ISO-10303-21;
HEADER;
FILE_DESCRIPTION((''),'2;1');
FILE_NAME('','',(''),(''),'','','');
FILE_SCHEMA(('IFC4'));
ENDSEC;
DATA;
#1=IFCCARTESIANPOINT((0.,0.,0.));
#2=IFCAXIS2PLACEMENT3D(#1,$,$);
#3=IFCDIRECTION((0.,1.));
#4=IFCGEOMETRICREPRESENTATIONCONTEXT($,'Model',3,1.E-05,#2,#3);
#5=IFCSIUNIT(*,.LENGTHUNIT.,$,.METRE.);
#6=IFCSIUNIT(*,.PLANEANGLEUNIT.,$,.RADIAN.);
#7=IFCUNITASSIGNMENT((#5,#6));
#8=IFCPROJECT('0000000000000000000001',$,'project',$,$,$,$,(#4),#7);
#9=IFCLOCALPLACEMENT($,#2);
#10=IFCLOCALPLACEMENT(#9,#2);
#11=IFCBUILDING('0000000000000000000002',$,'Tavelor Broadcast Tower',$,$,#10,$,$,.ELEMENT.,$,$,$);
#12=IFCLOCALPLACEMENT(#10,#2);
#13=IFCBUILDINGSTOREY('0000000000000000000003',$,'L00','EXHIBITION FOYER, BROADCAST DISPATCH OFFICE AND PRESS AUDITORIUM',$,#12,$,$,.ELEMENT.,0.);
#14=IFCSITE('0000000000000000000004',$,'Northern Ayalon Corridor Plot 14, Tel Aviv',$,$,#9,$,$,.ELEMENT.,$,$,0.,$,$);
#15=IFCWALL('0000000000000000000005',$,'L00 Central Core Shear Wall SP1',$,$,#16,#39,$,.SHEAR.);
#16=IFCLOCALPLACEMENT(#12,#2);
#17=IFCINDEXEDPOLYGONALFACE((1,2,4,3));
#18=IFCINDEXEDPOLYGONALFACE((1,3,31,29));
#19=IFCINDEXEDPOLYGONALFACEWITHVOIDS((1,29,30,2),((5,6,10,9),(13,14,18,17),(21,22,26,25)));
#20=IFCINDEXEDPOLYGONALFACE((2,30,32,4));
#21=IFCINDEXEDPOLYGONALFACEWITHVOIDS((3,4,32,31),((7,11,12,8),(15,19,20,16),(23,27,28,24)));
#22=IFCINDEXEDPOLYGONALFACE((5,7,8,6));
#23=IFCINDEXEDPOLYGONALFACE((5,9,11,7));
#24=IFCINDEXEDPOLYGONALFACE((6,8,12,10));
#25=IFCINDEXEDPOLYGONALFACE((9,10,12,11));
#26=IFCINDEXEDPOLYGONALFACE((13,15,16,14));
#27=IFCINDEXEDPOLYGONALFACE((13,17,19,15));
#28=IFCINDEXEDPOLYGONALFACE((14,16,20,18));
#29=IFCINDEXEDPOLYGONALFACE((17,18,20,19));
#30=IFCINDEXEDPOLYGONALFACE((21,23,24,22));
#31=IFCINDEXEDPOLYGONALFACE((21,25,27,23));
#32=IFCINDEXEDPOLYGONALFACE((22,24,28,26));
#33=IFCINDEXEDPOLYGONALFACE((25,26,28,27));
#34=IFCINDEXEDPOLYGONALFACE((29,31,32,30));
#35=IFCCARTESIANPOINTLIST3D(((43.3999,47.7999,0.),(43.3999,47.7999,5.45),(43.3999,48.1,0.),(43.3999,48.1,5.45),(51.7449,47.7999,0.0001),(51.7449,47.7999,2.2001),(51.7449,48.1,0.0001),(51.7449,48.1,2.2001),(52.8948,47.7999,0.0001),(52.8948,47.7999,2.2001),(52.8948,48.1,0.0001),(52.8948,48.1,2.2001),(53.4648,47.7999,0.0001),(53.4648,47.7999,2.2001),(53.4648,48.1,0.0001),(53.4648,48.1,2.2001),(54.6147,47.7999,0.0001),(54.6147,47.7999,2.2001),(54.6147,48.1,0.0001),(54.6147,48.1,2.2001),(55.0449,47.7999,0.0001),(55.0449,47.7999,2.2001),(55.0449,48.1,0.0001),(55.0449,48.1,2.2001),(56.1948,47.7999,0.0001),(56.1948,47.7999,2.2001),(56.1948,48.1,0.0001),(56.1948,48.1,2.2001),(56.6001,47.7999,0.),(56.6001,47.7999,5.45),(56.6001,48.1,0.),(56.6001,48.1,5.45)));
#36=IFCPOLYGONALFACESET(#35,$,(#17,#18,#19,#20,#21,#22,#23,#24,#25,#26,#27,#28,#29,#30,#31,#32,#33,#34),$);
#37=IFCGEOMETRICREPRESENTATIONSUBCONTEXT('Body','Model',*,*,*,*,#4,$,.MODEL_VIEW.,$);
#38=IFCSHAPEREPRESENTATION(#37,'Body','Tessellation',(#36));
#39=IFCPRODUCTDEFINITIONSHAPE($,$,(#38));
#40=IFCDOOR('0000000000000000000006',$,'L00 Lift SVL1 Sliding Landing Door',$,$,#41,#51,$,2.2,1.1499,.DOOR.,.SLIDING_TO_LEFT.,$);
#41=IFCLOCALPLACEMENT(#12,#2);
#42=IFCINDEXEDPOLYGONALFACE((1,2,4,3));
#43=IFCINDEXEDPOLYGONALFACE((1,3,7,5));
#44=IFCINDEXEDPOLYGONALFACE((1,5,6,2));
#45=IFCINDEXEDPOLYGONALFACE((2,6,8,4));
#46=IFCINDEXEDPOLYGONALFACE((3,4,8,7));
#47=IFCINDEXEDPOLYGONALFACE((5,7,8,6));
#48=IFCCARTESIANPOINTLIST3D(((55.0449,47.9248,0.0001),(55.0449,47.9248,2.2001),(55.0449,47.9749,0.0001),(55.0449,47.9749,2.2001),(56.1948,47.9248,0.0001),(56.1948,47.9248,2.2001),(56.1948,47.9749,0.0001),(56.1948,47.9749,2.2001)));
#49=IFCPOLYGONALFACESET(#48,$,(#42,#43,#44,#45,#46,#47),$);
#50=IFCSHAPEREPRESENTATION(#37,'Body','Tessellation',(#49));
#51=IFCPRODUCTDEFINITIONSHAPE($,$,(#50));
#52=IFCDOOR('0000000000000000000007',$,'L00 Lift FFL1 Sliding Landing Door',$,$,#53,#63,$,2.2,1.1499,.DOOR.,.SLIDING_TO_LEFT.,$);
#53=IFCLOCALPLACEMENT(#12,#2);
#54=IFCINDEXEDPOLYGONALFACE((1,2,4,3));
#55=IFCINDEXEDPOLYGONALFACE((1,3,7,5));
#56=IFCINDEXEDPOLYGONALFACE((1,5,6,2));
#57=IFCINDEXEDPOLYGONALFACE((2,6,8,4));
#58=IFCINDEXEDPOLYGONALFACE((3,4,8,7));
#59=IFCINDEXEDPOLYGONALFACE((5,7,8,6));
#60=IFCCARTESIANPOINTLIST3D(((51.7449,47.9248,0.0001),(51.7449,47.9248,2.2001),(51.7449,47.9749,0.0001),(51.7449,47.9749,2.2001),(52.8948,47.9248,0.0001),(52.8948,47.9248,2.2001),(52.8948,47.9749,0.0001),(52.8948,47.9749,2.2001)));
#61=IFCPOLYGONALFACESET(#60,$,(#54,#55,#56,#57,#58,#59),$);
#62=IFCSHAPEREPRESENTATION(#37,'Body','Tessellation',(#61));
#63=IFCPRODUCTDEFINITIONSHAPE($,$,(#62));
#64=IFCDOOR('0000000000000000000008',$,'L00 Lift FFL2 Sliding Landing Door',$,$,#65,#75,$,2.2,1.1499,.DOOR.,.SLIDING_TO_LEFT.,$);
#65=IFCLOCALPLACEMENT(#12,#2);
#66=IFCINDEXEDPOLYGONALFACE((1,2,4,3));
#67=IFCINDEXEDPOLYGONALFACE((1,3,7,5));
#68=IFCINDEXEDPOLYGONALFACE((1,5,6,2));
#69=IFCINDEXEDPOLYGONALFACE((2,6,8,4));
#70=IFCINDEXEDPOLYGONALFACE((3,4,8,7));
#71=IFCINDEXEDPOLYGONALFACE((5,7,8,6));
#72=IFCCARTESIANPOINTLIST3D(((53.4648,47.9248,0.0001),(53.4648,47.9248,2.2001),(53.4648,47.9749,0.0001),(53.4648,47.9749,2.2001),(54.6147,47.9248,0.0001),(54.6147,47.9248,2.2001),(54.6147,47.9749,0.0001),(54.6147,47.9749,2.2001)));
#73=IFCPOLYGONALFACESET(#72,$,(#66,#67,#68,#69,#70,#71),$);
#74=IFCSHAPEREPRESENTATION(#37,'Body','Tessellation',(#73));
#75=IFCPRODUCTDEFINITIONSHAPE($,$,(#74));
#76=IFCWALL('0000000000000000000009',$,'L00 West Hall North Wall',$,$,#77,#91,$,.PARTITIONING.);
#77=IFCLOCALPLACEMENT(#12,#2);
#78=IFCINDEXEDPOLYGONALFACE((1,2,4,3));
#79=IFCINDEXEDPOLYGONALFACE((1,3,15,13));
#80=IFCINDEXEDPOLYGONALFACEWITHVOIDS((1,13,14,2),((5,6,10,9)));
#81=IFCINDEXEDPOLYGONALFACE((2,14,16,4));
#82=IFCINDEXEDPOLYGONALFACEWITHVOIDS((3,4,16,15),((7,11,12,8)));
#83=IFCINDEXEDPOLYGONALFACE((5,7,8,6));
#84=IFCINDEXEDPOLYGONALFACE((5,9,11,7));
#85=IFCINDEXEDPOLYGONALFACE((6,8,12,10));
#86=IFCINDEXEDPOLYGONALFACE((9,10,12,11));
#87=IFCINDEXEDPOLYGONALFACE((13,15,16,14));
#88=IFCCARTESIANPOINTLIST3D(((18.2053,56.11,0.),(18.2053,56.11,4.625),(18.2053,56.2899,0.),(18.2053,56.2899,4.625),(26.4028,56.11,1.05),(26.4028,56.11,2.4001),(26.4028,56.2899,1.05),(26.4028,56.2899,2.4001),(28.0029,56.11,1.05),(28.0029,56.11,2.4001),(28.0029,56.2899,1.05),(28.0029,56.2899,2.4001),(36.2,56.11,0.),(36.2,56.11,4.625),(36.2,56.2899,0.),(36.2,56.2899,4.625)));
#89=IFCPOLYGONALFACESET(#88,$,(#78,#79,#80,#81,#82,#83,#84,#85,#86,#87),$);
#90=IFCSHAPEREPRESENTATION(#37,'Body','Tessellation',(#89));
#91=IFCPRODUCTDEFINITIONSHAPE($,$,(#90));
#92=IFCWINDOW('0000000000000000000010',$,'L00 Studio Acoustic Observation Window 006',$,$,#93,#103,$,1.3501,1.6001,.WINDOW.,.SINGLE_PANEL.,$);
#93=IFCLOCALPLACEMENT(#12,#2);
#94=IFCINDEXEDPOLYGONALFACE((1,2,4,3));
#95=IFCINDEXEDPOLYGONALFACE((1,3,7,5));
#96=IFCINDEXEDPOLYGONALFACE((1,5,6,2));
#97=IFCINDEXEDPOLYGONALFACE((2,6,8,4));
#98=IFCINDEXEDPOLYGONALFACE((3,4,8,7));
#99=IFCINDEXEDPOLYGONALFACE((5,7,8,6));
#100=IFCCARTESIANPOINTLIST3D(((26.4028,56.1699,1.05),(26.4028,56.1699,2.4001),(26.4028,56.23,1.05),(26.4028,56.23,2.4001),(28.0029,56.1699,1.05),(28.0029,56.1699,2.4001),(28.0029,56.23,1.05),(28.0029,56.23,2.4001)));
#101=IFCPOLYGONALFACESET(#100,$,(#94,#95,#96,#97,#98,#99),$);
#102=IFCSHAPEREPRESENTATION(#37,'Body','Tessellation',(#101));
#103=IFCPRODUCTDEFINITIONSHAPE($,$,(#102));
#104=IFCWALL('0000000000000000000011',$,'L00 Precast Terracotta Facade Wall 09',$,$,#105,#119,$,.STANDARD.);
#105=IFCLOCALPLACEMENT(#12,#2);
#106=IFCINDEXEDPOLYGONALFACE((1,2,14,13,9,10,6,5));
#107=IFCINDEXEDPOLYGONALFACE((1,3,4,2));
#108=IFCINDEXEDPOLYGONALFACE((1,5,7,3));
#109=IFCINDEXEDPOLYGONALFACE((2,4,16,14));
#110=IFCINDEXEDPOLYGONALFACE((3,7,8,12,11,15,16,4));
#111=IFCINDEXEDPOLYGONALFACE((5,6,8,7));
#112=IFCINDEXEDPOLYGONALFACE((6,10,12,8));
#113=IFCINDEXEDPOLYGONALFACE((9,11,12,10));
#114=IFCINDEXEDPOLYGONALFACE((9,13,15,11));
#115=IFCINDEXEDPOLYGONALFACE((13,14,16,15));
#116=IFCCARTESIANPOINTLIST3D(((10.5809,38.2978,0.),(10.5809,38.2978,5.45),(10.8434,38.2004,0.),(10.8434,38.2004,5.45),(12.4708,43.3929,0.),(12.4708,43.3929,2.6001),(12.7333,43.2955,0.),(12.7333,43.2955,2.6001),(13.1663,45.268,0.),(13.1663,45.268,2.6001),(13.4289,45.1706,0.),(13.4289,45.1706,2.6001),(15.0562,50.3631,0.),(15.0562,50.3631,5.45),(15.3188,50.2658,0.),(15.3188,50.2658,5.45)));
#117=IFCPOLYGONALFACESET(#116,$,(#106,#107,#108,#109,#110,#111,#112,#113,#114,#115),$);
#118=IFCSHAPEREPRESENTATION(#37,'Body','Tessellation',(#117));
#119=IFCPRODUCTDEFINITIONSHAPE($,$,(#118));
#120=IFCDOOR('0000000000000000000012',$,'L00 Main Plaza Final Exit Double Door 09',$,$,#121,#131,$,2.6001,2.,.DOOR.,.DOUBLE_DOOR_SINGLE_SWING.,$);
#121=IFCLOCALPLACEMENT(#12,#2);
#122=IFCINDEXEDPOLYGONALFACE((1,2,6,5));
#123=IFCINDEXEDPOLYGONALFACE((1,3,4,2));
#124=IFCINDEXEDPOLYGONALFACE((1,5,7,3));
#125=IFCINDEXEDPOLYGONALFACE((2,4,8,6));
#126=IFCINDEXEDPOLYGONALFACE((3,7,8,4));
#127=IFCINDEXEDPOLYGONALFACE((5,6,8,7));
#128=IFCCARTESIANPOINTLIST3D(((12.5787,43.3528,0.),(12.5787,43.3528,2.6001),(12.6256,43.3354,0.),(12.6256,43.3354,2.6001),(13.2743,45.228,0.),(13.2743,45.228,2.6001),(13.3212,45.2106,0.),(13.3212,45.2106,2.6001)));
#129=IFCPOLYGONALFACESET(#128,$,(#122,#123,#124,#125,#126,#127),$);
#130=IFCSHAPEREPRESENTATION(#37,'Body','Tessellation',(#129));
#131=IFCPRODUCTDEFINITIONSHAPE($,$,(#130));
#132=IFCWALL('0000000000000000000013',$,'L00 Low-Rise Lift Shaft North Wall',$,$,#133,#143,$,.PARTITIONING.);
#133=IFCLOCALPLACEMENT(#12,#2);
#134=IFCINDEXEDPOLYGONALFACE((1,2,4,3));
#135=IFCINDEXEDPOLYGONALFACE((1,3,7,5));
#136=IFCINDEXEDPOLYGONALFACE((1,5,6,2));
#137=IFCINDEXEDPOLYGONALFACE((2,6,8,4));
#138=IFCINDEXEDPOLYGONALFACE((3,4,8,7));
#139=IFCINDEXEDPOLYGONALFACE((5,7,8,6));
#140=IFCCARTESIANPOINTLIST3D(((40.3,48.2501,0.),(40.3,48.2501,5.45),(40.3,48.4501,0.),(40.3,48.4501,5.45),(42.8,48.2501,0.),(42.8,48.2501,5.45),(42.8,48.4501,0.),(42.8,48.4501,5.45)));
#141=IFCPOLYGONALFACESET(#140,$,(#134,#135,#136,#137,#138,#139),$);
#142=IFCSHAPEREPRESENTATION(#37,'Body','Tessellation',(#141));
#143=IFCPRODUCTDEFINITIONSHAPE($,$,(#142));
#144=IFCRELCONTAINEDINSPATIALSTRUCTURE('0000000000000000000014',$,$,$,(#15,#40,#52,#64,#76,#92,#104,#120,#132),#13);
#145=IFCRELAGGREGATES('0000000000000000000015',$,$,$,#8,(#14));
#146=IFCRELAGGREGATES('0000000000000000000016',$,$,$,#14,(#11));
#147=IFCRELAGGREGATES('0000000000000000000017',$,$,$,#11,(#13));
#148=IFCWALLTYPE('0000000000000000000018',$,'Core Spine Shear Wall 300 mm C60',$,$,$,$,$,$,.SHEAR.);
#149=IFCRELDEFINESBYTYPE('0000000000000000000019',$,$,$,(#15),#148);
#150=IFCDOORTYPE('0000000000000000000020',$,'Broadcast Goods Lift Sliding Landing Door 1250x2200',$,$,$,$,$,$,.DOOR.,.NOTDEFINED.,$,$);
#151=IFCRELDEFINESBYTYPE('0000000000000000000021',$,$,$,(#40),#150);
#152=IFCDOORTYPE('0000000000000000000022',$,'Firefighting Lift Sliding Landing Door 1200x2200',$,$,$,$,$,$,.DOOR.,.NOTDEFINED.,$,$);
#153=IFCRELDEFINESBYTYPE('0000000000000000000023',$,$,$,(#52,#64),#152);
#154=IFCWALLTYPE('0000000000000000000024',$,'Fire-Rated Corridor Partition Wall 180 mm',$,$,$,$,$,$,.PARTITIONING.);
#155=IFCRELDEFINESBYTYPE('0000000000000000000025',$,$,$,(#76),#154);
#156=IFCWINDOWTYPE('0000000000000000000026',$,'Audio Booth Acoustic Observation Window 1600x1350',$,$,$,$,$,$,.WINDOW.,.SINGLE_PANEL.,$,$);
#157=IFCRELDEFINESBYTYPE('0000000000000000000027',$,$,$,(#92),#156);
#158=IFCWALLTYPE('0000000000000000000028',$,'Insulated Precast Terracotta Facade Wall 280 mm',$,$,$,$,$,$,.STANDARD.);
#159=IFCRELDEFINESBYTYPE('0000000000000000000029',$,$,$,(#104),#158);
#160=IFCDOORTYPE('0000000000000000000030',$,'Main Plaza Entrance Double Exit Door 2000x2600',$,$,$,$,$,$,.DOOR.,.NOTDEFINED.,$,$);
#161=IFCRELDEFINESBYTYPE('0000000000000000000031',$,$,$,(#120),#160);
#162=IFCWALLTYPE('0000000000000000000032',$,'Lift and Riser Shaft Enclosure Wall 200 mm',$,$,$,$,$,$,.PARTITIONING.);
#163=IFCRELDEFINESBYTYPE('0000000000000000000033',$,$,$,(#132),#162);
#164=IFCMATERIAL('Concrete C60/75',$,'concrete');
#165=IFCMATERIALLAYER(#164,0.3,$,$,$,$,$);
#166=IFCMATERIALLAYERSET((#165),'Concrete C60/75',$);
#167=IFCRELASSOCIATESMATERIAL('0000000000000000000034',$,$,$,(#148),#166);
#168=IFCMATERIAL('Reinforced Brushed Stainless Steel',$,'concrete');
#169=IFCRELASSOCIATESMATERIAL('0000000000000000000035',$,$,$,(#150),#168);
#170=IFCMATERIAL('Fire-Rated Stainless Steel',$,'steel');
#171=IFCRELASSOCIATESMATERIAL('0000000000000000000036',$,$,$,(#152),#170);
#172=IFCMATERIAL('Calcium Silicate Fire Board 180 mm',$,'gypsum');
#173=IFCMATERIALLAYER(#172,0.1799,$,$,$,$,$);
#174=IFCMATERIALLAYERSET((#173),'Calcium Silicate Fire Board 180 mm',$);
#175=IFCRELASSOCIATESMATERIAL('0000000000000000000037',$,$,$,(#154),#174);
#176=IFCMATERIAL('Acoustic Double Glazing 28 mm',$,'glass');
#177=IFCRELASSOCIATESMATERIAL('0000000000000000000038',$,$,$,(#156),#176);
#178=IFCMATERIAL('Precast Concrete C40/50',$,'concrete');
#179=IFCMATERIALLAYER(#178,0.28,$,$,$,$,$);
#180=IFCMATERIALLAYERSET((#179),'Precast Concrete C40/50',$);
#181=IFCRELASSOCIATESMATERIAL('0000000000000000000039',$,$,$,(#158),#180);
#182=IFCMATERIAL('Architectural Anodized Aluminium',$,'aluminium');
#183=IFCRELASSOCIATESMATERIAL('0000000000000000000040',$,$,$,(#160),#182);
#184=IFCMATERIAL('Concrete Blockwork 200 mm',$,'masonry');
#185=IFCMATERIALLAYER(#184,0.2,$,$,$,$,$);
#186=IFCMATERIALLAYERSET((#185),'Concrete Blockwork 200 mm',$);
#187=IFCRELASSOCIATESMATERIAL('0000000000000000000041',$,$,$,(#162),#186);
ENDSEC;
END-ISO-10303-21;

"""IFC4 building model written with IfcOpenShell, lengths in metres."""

from ifc_helpers import new_model, si_unit, direction, frame, frame_2d, origin, place, context, subcontext, project, spatial, rectangle, extrude, material, layer, layer_set, type_object, element, fill, save


model = new_model("IFC4")

# Units and contexts
model_context = context("Model", 3, precision=1e-05, world=origin(), true_north=direction((0.0, 1.0)))
body_context = subcontext(model_context, "Body", "Model", "MODEL_VIEW")
ifc_project = project(units=[si_unit("LENGTHUNIT", "METRE"), si_unit("PLANEANGLEUNIT", "RADIAN")], contexts=[model_context])

# Site, building, storey
site_placement = place(None, origin())
site = spatial("IfcSite", under=ifc_project, at=site_placement, Name="Northern Ayalon Corridor Plot 14, Tel Aviv", CompositionType="ELEMENT", RefElevation=0.0)
building_placement = place(site_placement, origin())
building = spatial("IfcBuilding", under=site, at=building_placement, Name="Tavelor Broadcast Tower", CompositionType="ELEMENT")
storey_placement = place(building_placement, origin())
storey = spatial("IfcBuildingStorey", under=building, at=storey_placement, Name="L00", Description="EXHIBITION FOYER, BROADCAST DISPATCH OFFICE AND PRESS AUDITORIUM", CompositionType="ELEMENT", Elevation=0.0)

# Shared definitions
ifc_material_1 = material(Name="Concrete C60/75", Category="concrete")

# Wall, openings, doors
ifc_layer_1 = layer(ifc_material_1, 0.3)
ifc_layer_set_1 = layer_set([ifc_layer_1], Name="Concrete C60/75")
wall_type_1 = type_object("IfcWallType", Name="Core Spine Shear Wall 300 mm C60", PredefinedType="SHEAR", material=ifc_layer_set_1)
wall_1_placement = place(storey_placement, frame((43.3999, 47.95, 0.0), z_axis=(0.0, 0.0, 1.0), x_axis=(1.0, 0.0, 0.0)))
wall_1 = element("IfcWall", 1, at=wall_1_placement, inside=storey, type_object=wall_type_1, Name="L00 Central Core Shear Wall SP1", PredefinedType="SHEAR", context=body_context, shape_type="SweptSolid", body=[
    extrude(rectangle(XDim=13.2002, YDim=0.3, at=frame_2d((6.6001, 0.0))), origin(), (0.0, 0.0, 1.0), 5.45),
])
opening_1_placement = place(wall_1_placement, frame((8.345, 0.0, 0.0)))
opening_1 = element("IfcOpeningElement", 2, at=opening_1_placement, cuts=wall_1, PredefinedType="OPENING", context=body_context, shape_type="SweptSolid", body=[
    extrude(rectangle(XDim=1.1499, YDim=2.2, at=frame_2d((0.575, 1.1001))), frame((0.0, 0.1602, 0.0), z_axis=(0.0, -1.0, 0.0), x_axis=(1.0, 0.0, 0.0)), (0.0, 0.0, 1.0), 0.3201),
])
opening_2_placement = place(wall_1_placement, frame((10.0649, 0.0, 0.0)))
opening_2 = element("IfcOpeningElement", 3, at=opening_2_placement, cuts=wall_1, PredefinedType="OPENING", context=body_context, shape_type="SweptSolid", body=[
    extrude(rectangle(XDim=1.1499, YDim=2.2, at=frame_2d((0.575, 1.1001))), frame((0.0, 0.1602, 0.0), z_axis=(0.0, -1.0, 0.0), x_axis=(1.0, 0.0, 0.0)), (0.0, 0.0, 1.0), 0.3201),
])
opening_3_placement = place(wall_1_placement, frame((11.645, 0.0, 0.0)))
opening_3 = element("IfcOpeningElement", 4, at=opening_3_placement, cuts=wall_1, PredefinedType="OPENING", context=body_context, shape_type="SweptSolid", body=[
    extrude(rectangle(XDim=1.1499, YDim=2.2, at=frame_2d((0.575, 1.1001))), frame((0.0, 0.1602, 0.0), z_axis=(0.0, -1.0, 0.0), x_axis=(1.0, 0.0, 0.0)), (0.0, 0.0, 1.0), 0.3201),
])
ifc_material_2 = material(Name="Reinforced Brushed Stainless Steel", Category="concrete")
door_type_1 = type_object("IfcDoorType", Name="Broadcast Goods Lift Sliding Landing Door 1250x2200", OperationType="NOTDEFINED", PredefinedType="DOOR", material=ifc_material_2)
door_1_placement = place(opening_3_placement, origin())
door_1 = element("IfcDoor", 5, at=door_1_placement, inside=storey, type_object=door_type_1, Name="L00 Lift SVL1 Sliding Landing Door", OperationType="SLIDING_TO_LEFT", OverallHeight=2.2, OverallWidth=1.1499, PredefinedType="DOOR", context=body_context, shape_type="SweptSolid", body=[
    extrude(rectangle(XDim=1.1499, YDim=2.2, at=frame_2d((0.575, 1.1001))), frame((0.0, 0.0249, 0.0), z_axis=(0.0, -1.0, 0.0), x_axis=(1.0, 0.0, 0.0)), (0.0, 0.0, 1.0), 0.05),
])
fill(opening_3, door_1)
ifc_material_3 = material(Name="Fire-Rated Stainless Steel", Category="steel")
door_type_2 = type_object("IfcDoorType", Name="Firefighting Lift Sliding Landing Door 1200x2200", OperationType="NOTDEFINED", PredefinedType="DOOR", material=ifc_material_3)
door_2_placement = place(opening_1_placement, origin())
door_2 = element("IfcDoor", 6, at=door_2_placement, inside=storey, type_object=door_type_2, Name="L00 Lift FFL1 Sliding Landing Door", OperationType="SLIDING_TO_LEFT", OverallHeight=2.2, OverallWidth=1.1499, PredefinedType="DOOR", context=body_context, shape_type="SweptSolid", body=[
    extrude(rectangle(XDim=1.1499, YDim=2.2, at=frame_2d((0.575, 1.1001))), frame((0.0, 0.0249, 0.0), z_axis=(0.0, -1.0, 0.0), x_axis=(1.0, 0.0, 0.0)), (0.0, 0.0, 1.0), 0.05),
])
fill(opening_1, door_2)
door_3_placement = place(opening_2_placement, origin())
door_3 = element("IfcDoor", 7, at=door_3_placement, inside=storey, type_object=door_type_2, Name="L00 Lift FFL2 Sliding Landing Door", OperationType="SLIDING_TO_LEFT", OverallHeight=2.2, OverallWidth=1.1499, PredefinedType="DOOR", context=body_context, shape_type="SweptSolid", body=[
    extrude(rectangle(XDim=1.1499, YDim=2.2, at=frame_2d((0.575, 1.1001))), frame((0.0, 0.0249, 0.0), z_axis=(0.0, -1.0, 0.0), x_axis=(1.0, 0.0, 0.0)), (0.0, 0.0, 1.0), 0.05),
])
fill(opening_2, door_3)

# Wall, opening, window
ifc_material_4 = material(Name="Calcium Silicate Fire Board 180 mm", Category="gypsum")
ifc_layer_2 = layer(ifc_material_4, 0.1799)
ifc_layer_set_2 = layer_set([ifc_layer_2], Name="Calcium Silicate Fire Board 180 mm")
wall_type_2 = type_object("IfcWallType", Name="Fire-Rated Corridor Partition Wall 180 mm", PredefinedType="PARTITIONING", material=ifc_layer_set_2)
wall_2_placement = place(storey_placement, frame((18.2053, 56.2, 0.0), z_axis=(0.0, 0.0, 1.0), x_axis=(1.0, 0.0, 0.0)))
wall_2 = element("IfcWall", 8, at=wall_2_placement, inside=storey, type_object=wall_type_2, Name="L00 West Hall North Wall", PredefinedType="PARTITIONING", context=body_context, shape_type="SweptSolid", body=[
    extrude(rectangle(XDim=17.9946, YDim=0.1799, at=frame_2d((8.9973, 0.0))), origin(), (0.0, 0.0, 1.0), 4.625),
])
opening_4_placement = place(wall_2_placement, frame((8.1975, 0.0, 1.05)))
opening_4 = element("IfcOpeningElement", 9, at=opening_4_placement, cuts=wall_2, PredefinedType="OPENING", context=body_context, shape_type="SweptSolid", body=[
    extrude(rectangle(XDim=1.6001, YDim=1.3501, at=frame_2d((0.8, 0.675))), frame((0.0, 0.1001, 0.0), z_axis=(0.0, -1.0, 0.0), x_axis=(1.0, 0.0, 0.0)), (0.0, 0.0, 1.0), 0.2),
])
ifc_material_5 = material(Name="Acoustic Double Glazing 28 mm", Category="glass")
window_type = type_object("IfcWindowType", Name="Audio Booth Acoustic Observation Window 1600x1350", PartitioningType="SINGLE_PANEL", PredefinedType="WINDOW", material=ifc_material_5)
window_placement = place(opening_4_placement, origin())
window = element("IfcWindow", 10, at=window_placement, inside=storey, type_object=window_type, Name="L00 Studio Acoustic Observation Window 006", OverallHeight=1.3501, OverallWidth=1.6001, PartitioningType="SINGLE_PANEL", PredefinedType="WINDOW", context=body_context, shape_type="SweptSolid", body=[
    extrude(rectangle(XDim=1.6001, YDim=1.3501, at=frame_2d((0.8, 0.675))), frame((0.0, 0.03, 0.0), z_axis=(0.0, -1.0, 0.0), x_axis=(1.0, 0.0, 0.0)), (0.0, 0.0, 1.0), 0.0601),
])
fill(opening_4, window)

# Wall, opening, door
ifc_material_6 = material(Name="Precast Concrete C40/50", Category="concrete")
ifc_layer_3 = layer(ifc_material_6, 0.28)
ifc_layer_set_3 = layer_set([ifc_layer_3], Name="Precast Concrete C40/50")
wall_type_3 = type_object("IfcWallType", Name="Insulated Precast Terracotta Facade Wall 280 mm", PredefinedType="STANDARD", material=ifc_layer_set_3)
wall_3_placement = place(storey_placement, frame((15.1875, 50.3145, 0.0), z_axis=(0.0, 0.0, 1.0), x_axis=(-0.34777, -0.93758, 0.0)))
wall_3 = element("IfcWall", 11, at=wall_3_placement, inside=storey, type_object=wall_type_3, Name="L00 Precast Terracotta Facade Wall 09", PredefinedType="STANDARD", context=body_context, shape_type="SweptSolid", body=[
    extrude(rectangle(XDim=12.8687, YDim=0.28, at=frame_2d((6.4343, 0.0))), origin(), (0.0, 0.0, 1.0), 5.45),
])
opening_5_placement = place(wall_3_placement, frame((5.4343, 0.0, 0.0)))
opening_5 = element("IfcOpeningElement", 12, at=opening_5_placement, cuts=wall_3, PredefinedType="OPENING", context=body_context, shape_type="SweptSolid", body=[
    extrude(rectangle(XDim=2.0, YDim=2.6001, at=frame_2d((1.0, 1.3))), frame((0.0, 0.1499, 0.0), z_axis=(0.0, -1.0, 0.0), x_axis=(1.0, 0.0, 0.0)), (0.0, 0.0, 1.0), 0.3),
])
ifc_material_7 = material(Name="Architectural Anodized Aluminium", Category="aluminium")
door_type_3 = type_object("IfcDoorType", Name="Main Plaza Entrance Double Exit Door 2000x2600", OperationType="NOTDEFINED", PredefinedType="DOOR", material=ifc_material_7)
door_4_placement = place(opening_5_placement, frame((2.0, 0.0, 0.0), z_axis=(0.0, 0.0, 1.0), x_axis=(-1.0, 0.0, 0.0)))
door_4 = element("IfcDoor", 13, at=door_4_placement, inside=storey, type_object=door_type_3, Name="L00 Main Plaza Final Exit Double Door 09", OperationType="DOUBLE_DOOR_SINGLE_SWING", OverallHeight=2.6001, OverallWidth=2.0, PredefinedType="DOOR", context=body_context, shape_type="SweptSolid", body=[
    extrude(rectangle(XDim=2.0, YDim=2.6001, at=frame_2d((1.0, 1.3))), frame((0.0, 0.0249, 0.0), z_axis=(0.0, -1.0, 0.0), x_axis=(1.0, 0.0, 0.0)), (0.0, 0.0, 1.0), 0.05),
])
fill(opening_5, door_4)

# Wall
ifc_material_8 = material(Name="Concrete Blockwork 200 mm", Category="masonry")
ifc_layer_4 = layer(ifc_material_8, 0.2)
ifc_layer_set_4 = layer_set([ifc_layer_4], Name="Concrete Blockwork 200 mm")
wall_type_4 = type_object("IfcWallType", Name="Lift and Riser Shaft Enclosure Wall 200 mm", PredefinedType="PARTITIONING", material=ifc_layer_set_4)
wall_4_placement = place(storey_placement, frame((40.3, 48.3501, 0.0), z_axis=(0.0, 0.0, 1.0), x_axis=(1.0, 0.0, 0.0)))
element("IfcWall", 14, at=wall_4_placement, inside=storey, type_object=wall_type_4, Name="L00 Low-Rise Lift Shaft North Wall", PredefinedType="PARTITIONING", context=body_context, shape_type="SweptSolid", body=[
    extrude(rectangle(XDim=2.5, YDim=0.2, at=frame_2d((1.25, 0.0))), origin(), (0.0, 0.0, 1.0), 5.45),
])

save(model, "model.ifc")
